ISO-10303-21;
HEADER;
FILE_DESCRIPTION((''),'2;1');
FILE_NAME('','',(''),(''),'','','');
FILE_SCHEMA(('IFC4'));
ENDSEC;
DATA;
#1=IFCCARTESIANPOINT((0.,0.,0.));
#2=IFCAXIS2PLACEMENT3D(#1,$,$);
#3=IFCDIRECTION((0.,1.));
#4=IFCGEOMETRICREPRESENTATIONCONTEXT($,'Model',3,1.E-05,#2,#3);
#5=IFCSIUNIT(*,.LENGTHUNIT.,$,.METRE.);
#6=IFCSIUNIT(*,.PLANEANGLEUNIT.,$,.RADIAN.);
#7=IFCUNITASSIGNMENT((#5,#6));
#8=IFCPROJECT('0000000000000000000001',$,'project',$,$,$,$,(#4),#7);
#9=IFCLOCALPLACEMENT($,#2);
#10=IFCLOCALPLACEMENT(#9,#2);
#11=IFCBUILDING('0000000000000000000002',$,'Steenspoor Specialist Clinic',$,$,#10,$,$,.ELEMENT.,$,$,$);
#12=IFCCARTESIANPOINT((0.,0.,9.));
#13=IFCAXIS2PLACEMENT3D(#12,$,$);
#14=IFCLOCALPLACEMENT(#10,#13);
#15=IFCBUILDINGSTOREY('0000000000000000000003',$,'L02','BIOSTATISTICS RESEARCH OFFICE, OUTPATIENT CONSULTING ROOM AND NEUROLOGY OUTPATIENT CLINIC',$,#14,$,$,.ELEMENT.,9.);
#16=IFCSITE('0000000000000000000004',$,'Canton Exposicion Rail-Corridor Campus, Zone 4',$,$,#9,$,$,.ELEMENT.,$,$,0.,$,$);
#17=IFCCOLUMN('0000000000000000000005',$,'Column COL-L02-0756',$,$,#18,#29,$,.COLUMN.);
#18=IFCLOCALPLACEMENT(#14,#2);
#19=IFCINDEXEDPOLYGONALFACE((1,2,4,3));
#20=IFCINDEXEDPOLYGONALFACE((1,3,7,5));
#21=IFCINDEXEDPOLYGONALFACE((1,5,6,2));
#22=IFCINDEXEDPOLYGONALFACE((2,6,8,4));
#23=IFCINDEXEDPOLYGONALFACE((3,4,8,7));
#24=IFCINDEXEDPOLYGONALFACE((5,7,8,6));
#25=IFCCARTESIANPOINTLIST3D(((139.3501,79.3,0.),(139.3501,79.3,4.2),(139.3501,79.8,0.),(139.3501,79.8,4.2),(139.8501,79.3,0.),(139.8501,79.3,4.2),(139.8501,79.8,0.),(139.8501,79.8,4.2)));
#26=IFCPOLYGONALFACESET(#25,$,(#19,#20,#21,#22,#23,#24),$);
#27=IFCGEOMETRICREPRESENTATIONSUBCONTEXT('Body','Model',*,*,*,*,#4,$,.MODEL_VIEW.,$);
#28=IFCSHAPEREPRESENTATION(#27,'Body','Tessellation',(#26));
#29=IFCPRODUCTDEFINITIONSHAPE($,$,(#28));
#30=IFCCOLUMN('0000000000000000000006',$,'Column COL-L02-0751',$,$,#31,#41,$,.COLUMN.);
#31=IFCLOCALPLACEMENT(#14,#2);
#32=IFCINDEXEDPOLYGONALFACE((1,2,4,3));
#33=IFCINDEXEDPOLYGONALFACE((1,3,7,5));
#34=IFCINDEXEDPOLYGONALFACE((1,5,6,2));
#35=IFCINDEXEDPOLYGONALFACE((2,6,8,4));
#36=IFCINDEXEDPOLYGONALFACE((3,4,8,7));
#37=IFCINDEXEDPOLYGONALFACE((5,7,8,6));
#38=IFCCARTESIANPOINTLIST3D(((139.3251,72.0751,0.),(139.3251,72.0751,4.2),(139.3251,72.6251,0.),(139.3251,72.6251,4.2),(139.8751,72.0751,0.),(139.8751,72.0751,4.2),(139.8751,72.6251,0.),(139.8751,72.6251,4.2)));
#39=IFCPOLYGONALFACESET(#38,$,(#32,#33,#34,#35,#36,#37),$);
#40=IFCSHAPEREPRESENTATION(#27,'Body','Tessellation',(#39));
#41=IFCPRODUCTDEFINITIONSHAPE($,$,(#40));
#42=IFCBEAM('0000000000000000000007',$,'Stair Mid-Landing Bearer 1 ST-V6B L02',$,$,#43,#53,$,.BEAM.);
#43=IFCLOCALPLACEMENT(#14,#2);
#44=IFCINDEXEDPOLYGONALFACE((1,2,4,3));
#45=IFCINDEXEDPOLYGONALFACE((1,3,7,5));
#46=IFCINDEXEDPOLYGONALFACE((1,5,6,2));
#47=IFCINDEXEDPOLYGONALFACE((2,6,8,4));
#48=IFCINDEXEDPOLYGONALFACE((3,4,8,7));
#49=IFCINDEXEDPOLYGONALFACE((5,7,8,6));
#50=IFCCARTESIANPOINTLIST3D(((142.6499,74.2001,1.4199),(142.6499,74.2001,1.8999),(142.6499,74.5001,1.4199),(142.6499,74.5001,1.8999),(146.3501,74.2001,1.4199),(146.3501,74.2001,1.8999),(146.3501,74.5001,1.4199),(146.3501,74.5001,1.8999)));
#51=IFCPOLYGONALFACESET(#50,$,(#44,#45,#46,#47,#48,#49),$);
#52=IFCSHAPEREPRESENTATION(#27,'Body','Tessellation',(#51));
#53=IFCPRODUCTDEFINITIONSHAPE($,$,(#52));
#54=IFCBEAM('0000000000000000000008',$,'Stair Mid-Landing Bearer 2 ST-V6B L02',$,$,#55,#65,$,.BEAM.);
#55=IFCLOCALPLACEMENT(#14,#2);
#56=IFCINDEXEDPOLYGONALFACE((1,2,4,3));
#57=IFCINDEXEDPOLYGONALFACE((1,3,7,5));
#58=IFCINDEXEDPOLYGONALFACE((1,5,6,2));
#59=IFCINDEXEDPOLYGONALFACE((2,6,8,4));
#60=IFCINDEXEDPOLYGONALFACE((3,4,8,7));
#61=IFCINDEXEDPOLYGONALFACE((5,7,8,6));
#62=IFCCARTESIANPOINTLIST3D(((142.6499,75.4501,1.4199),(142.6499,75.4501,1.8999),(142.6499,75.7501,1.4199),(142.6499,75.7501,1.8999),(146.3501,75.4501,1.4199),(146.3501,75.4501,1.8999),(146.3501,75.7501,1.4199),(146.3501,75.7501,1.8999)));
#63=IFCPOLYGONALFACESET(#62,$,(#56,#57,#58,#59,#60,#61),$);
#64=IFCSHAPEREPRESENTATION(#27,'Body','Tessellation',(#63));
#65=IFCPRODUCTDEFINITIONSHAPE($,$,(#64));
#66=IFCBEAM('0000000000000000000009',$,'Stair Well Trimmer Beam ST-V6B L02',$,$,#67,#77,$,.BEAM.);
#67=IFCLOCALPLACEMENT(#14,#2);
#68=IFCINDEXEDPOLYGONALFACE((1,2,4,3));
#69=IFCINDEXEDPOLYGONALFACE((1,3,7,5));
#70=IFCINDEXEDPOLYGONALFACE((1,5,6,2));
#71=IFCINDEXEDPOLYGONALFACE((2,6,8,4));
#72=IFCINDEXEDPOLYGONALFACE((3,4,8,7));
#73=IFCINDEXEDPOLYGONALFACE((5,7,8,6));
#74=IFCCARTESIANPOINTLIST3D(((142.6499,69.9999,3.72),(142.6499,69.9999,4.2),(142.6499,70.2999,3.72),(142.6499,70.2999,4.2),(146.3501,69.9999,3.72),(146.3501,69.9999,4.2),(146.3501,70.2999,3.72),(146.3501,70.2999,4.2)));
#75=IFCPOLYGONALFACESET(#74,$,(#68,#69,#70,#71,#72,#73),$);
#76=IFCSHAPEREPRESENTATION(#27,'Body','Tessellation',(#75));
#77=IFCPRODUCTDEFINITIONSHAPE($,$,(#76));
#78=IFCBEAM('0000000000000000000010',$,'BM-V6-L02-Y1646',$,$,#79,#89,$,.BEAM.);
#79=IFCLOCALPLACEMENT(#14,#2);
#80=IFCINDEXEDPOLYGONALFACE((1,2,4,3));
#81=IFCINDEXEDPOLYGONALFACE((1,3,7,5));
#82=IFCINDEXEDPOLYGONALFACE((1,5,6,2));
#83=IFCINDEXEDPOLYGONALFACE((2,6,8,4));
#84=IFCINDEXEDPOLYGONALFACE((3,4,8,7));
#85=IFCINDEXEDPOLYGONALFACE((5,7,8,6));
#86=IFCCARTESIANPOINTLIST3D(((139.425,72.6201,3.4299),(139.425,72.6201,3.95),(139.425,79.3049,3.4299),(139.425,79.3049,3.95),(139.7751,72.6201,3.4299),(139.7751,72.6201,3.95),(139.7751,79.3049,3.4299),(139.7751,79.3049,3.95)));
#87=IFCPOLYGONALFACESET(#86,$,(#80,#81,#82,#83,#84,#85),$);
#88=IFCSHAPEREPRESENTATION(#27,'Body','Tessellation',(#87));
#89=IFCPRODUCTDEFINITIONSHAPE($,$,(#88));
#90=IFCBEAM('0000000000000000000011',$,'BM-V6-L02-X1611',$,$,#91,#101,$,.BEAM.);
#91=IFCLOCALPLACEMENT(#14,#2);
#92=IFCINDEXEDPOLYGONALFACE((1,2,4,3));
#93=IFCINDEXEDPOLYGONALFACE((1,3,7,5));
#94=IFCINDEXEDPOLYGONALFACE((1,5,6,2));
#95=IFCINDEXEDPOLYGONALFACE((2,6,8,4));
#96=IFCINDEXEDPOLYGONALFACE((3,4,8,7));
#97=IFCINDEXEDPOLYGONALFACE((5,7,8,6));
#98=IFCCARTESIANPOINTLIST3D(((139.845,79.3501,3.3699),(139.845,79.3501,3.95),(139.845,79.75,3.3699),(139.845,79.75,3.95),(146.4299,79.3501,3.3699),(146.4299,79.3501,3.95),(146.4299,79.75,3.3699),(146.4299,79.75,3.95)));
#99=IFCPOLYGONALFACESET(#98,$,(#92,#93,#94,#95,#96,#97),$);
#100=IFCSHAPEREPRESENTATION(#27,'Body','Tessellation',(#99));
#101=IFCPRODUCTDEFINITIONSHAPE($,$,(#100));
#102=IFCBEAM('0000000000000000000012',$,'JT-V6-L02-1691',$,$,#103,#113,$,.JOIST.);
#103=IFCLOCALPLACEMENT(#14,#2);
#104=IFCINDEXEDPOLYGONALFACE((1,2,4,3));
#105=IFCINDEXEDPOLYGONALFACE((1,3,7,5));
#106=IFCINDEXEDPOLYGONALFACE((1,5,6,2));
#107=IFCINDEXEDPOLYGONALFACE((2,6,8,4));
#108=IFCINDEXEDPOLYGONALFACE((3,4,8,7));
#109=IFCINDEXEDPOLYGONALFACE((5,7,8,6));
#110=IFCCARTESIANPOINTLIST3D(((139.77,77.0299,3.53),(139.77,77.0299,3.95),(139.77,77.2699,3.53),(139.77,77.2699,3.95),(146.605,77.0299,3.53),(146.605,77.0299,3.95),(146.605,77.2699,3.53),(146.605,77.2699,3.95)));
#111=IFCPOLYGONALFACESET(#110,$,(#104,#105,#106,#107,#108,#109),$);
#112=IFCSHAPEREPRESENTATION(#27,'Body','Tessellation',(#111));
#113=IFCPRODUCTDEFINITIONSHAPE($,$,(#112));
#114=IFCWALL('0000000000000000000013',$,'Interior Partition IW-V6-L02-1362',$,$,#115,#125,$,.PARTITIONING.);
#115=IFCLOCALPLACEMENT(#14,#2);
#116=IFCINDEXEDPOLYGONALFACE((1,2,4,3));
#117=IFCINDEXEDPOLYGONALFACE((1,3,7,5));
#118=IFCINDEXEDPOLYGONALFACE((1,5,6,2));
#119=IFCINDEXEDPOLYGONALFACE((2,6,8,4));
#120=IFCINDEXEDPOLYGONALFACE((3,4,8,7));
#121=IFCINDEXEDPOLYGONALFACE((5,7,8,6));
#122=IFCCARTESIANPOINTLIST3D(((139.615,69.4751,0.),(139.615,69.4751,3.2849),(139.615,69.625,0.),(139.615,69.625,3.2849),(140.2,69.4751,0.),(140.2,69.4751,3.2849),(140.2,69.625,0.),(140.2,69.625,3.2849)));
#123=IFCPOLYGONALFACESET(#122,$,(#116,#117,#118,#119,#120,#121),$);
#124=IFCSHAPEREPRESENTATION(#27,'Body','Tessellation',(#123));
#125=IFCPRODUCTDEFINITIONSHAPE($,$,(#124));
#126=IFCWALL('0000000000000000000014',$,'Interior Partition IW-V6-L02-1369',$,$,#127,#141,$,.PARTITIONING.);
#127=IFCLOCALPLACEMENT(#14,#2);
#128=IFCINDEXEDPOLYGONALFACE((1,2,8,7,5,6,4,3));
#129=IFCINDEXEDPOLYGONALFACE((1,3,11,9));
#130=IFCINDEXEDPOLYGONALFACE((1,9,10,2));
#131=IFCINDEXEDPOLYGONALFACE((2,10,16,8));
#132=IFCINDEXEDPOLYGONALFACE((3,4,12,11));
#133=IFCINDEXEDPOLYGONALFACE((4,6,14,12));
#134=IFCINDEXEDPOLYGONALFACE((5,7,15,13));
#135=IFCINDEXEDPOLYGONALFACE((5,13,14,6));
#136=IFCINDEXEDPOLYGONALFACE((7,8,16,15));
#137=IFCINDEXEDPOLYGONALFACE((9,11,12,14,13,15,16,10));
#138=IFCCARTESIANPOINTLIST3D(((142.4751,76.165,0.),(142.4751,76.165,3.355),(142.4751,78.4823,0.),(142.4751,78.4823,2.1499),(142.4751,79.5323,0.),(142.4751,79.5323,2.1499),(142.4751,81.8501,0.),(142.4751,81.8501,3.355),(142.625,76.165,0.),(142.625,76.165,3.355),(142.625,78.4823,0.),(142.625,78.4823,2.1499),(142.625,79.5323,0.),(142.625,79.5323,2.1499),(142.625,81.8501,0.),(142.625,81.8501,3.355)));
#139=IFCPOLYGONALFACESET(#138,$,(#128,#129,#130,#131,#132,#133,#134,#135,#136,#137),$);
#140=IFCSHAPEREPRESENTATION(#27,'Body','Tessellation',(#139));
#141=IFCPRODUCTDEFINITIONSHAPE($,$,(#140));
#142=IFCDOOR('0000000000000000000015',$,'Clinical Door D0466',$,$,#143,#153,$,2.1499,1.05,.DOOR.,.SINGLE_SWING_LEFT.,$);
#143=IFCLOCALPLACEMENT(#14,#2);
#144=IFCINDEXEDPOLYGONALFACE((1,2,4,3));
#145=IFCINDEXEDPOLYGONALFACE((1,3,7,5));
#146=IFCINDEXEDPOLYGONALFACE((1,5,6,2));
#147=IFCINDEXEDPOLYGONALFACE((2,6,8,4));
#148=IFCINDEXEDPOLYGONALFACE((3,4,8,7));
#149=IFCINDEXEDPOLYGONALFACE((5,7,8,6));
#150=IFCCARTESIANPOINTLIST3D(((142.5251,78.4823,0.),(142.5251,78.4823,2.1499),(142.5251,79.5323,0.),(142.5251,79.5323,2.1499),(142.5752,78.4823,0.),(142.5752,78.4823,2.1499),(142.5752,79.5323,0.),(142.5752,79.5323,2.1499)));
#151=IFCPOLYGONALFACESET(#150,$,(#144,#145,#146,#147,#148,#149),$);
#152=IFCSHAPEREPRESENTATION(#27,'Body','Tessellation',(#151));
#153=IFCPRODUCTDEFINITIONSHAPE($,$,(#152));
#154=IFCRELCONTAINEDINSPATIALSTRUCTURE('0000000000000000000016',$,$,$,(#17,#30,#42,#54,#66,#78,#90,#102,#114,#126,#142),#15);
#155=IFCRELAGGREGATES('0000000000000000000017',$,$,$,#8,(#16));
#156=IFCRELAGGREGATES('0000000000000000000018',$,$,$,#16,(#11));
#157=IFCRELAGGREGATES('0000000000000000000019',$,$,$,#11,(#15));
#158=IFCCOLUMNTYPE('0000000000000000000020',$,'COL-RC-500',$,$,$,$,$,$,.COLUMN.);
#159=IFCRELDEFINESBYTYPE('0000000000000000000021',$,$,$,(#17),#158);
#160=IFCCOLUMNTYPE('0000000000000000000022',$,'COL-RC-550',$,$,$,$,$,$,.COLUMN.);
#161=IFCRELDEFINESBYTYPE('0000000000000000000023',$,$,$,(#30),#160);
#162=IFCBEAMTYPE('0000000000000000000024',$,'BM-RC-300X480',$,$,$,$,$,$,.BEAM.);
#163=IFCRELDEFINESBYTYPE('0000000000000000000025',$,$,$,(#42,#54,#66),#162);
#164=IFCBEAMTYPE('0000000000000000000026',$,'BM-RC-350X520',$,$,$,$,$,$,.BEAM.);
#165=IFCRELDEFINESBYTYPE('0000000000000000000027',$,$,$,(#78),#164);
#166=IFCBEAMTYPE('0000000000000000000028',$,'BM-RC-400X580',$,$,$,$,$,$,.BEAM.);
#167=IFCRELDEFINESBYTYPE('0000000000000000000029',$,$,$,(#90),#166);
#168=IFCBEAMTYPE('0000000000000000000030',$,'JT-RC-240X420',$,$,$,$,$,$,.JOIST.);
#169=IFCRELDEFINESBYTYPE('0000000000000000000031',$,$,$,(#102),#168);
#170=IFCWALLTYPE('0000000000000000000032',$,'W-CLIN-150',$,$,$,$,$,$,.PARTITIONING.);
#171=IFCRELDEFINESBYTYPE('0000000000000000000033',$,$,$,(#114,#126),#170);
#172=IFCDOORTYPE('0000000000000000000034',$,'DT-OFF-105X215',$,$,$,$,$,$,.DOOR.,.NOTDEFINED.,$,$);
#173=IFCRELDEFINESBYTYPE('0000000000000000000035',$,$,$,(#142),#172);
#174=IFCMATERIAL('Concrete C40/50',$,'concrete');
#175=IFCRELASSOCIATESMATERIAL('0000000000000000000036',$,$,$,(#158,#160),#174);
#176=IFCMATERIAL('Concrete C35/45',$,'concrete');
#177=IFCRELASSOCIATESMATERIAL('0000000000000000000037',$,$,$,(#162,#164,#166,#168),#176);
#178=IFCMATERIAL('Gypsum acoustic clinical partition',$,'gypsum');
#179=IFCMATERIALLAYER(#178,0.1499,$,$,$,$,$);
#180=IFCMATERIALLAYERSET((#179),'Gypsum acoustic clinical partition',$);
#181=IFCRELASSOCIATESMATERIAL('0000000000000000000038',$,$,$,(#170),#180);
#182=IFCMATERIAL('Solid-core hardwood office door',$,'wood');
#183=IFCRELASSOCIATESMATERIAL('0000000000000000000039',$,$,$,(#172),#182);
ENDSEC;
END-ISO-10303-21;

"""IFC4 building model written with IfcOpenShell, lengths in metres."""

from ifc_helpers import new_model, si_unit, direction, frame, frame_2d, origin, origin_2d, place, context, subcontext, project, spatial, rectangle, extrude, material, layer, layer_set, material_profile, profile_set, type_object, element, fill, save


model = new_model("IFC4")

# Units and contexts
model_context = context("Model", 3, precision=1e-05, world=origin(), true_north=direction((0.0, 1.0)))
body_context = subcontext(model_context, "Body", "Model", "MODEL_VIEW")
ifc_project = project(units=[si_unit("LENGTHUNIT", "METRE"), si_unit("PLANEANGLEUNIT", "RADIAN")], contexts=[model_context])

# Site, building, storey
site_placement = place(None, origin())
site = spatial("IfcSite", under=ifc_project, at=site_placement, Name="Canton Exposicion Rail-Corridor Campus, Zone 4", CompositionType="ELEMENT", RefElevation=0.0)
building_placement = place(site_placement, origin())
building = spatial("IfcBuilding", under=site, at=building_placement, Name="Steenspoor Specialist Clinic", CompositionType="ELEMENT")
storey_placement = place(building_placement, frame((0.0, 0.0, 9.0)))
storey = spatial("IfcBuildingStorey", under=building, at=storey_placement, Name="L02", Description="BIOSTATISTICS RESEARCH OFFICE, OUTPATIENT CONSULTING ROOM AND NEUROLOGY OUTPATIENT CLINIC", CompositionType="ELEMENT", Elevation=9.0)

# Columns
ifc_material_1 = material(Name="Concrete C40/50", Category="concrete")
ifc_material_profile_1 = material_profile(ifc_material_1, rectangle(XDim=0.5, YDim=0.5, at=origin_2d()), Name="RC-COL-500X500")
ifc_profile_set_1 = profile_set([ifc_material_profile_1], Name="Concrete C40/50")
column_type_1 = type_object("IfcColumnType", Name="COL-RC-500", PredefinedType="COLUMN", material=ifc_profile_set_1)
column_1_placement = place(storey_placement, frame((139.6001, 79.55, 0.0), z_axis=(0.0, 0.0, 1.0), x_axis=(1.0, 0.0, 0.0)))
element("IfcColumn", 1, at=column_1_placement, inside=storey, type_object=column_type_1, Name="Column COL-L02-0756", PredefinedType="COLUMN", context=body_context, shape_type="SweptSolid", body=[
    extrude(rectangle(XDim=0.5, YDim=0.5, at=origin_2d()), origin(), (0.0, 0.0, 1.0), 4.2),
])
ifc_material_profile_2 = material_profile(ifc_material_1, rectangle(XDim=0.55, YDim=0.55, at=origin_2d()), Name="RC-COL-550X550")
ifc_profile_set_2 = profile_set([ifc_material_profile_2], Name="Concrete C40/50")
column_type_2 = type_object("IfcColumnType", Name="COL-RC-550", PredefinedType="COLUMN", material=ifc_profile_set_2)
column_2_placement = place(storey_placement, frame((139.6001, 72.3501, 0.0), z_axis=(0.0, 0.0, 1.0), x_axis=(1.0, 0.0, 0.0)))
element("IfcColumn", 2, at=column_2_placement, inside=storey, type_object=column_type_2, Name="Column COL-L02-0751", PredefinedType="COLUMN", context=body_context, shape_type="SweptSolid", body=[
    extrude(rectangle(XDim=0.55, YDim=0.55, at=origin_2d()), origin(), (0.0, 0.0, 1.0), 4.2),
])

# Beams
ifc_material_2 = material(Name="Concrete C35/45", Category="concrete")
ifc_material_profile_3 = material_profile(ifc_material_2, rectangle(XDim=0.3, YDim=0.48, at=origin_2d()), Name="RC-BM-300X480")
ifc_profile_set_3 = profile_set([ifc_material_profile_3], Name="Concrete C35/45")
beam_type_1 = type_object("IfcBeamType", Name="BM-RC-300X480", PredefinedType="BEAM", material=ifc_profile_set_3)
for number, where, z_axis, x_axis, name in (
    (3, (142.6499, 74.3501, 1.6599), (1.0, 0.0, 0.0), (0.0, 1.0, 0.0), "Stair Mid-Landing Bearer 1 ST-V6B L02"),
    (4, (142.6499, 75.6001, 1.6599), (1.0, 0.0, 0.0), (0.0, 1.0, 0.0), "Stair Mid-Landing Bearer 2 ST-V6B L02"),
    (5, (142.6499, 70.1499, 3.96), (1.0, 0.0, 0.0), (0.0, 1.0, 0.0), "Stair Well Trimmer Beam ST-V6B L02"),
):
    element("IfcBeam", number, at=place(storey_placement, frame(where, z_axis=z_axis, x_axis=x_axis)), inside=storey, type_object=beam_type_1, Name=name, PredefinedType="BEAM", context=body_context, shape_type="SweptSolid", body=[
        extrude(rectangle(XDim=0.3, YDim=0.48, at=origin_2d()), origin(), (0.0, 0.0, 1.0), 3.7002),
    ])
ifc_material_profile_4 = material_profile(ifc_material_2, rectangle(XDim=0.3501, YDim=0.52, at=origin_2d()), Name="RC-BM-350X520")
ifc_profile_set_4 = profile_set([ifc_material_profile_4], Name="Concrete C35/45")
beam_type_2 = type_object("IfcBeamType", Name="BM-RC-350X520", PredefinedType="BEAM", material=ifc_profile_set_4)
beam_1_placement = place(storey_placement, frame((139.6001, 72.6201, 3.6899), z_axis=(0.0, 1.0, 0.0), x_axis=(-1.0, 0.0, 0.0)))
element("IfcBeam", 6, at=beam_1_placement, inside=storey, type_object=beam_type_2, Name="BM-V6-L02-Y1646", PredefinedType="BEAM", context=body_context, shape_type="SweptSolid", body=[
    extrude(rectangle(XDim=0.3501, YDim=0.52, at=origin_2d()), origin(), (0.0, 0.0, 1.0), 6.6848),
])
ifc_material_profile_5 = material_profile(ifc_material_2, rectangle(XDim=0.3999, YDim=0.5801, at=origin_2d()), Name="RC-BM-400X580")
ifc_profile_set_5 = profile_set([ifc_material_profile_5], Name="Concrete C35/45")
beam_type_3 = type_object("IfcBeamType", Name="BM-RC-400X580", PredefinedType="BEAM", material=ifc_profile_set_5)
beam_2_placement = place(storey_placement, frame((139.845, 79.55, 3.6599), z_axis=(1.0, 0.0, 0.0), x_axis=(0.0, 1.0, 0.0)))
element("IfcBeam", 7, at=beam_2_placement, inside=storey, type_object=beam_type_3, Name="BM-V6-L02-X1611", PredefinedType="BEAM", context=body_context, shape_type="SweptSolid", body=[
    extrude(rectangle(XDim=0.3999, YDim=0.5801, at=origin_2d()), origin(), (0.0, 0.0, 1.0), 6.585),
])
ifc_material_profile_6 = material_profile(ifc_material_2, rectangle(XDim=0.24, YDim=0.4199, at=origin_2d()), Name="RC-JT-240X420")
ifc_profile_set_6 = profile_set([ifc_material_profile_6], Name="Concrete C35/45")
beam_type_4 = type_object("IfcBeamType", Name="JT-RC-240X420", PredefinedType="JOIST", material=ifc_profile_set_6)
beam_3_placement = place(storey_placement, frame((139.77, 77.1499, 3.74), z_axis=(1.0, 0.0, 0.0), x_axis=(0.0, 1.0, 0.0)))
element("IfcBeam", 8, at=beam_3_placement, inside=storey, type_object=beam_type_4, Name="JT-V6-L02-1691", PredefinedType="JOIST", context=body_context, shape_type="SweptSolid", body=[
    extrude(rectangle(XDim=0.24, YDim=0.4199, at=origin_2d()), origin(), (0.0, 0.0, 1.0), 6.835),
])

# Shared definitions
ifc_material_3 = material(Name="Gypsum acoustic clinical partition", Category="gypsum")
ifc_layer_1 = layer(ifc_material_3, 0.1499)
ifc_layer_set_1 = layer_set([ifc_layer_1], Name="Gypsum acoustic clinical partition")
wall_type_1 = type_object("IfcWallType", Name="W-CLIN-150", PredefinedType="PARTITIONING", material=ifc_layer_set_1)

# Wall
wall_1_placement = place(storey_placement, frame((139.615, 69.55, 0.0), z_axis=(0.0, 0.0, 1.0), x_axis=(1.0, 0.0, 0.0)))
element("IfcWall", 9, at=wall_1_placement, inside=storey, type_object=wall_type_1, Name="Interior Partition IW-V6-L02-1362", PredefinedType="PARTITIONING", context=body_context, shape_type="SweptSolid", body=[
    extrude(rectangle(XDim=0.585, YDim=0.1499, at=frame_2d((0.2925, 0.0))), origin(), (0.0, 0.0, 1.0), 3.2849),
])

# Wall, opening, door
wall_2_placement = place(storey_placement, frame((142.55, 76.165, 0.0), z_axis=(0.0, 0.0, 1.0), x_axis=(0.0, 1.0, 0.0)))
wall_2 = element("IfcWall", 10, at=wall_2_placement, inside=storey, type_object=wall_type_1, Name="Interior Partition IW-V6-L02-1369", PredefinedType="PARTITIONING", context=body_context, shape_type="SweptSolid", body=[
    extrude(rectangle(XDim=5.6851, YDim=0.1499, at=frame_2d((2.8425, 0.0))), origin(), (0.0, 0.0, 1.0), 3.355),
])
opening_1_placement = place(wall_2_placement, frame((2.3174, 0.0, 0.0)))
opening_1 = element("IfcOpeningElement", 11, at=opening_1_placement, cuts=wall_2, PredefinedType="OPENING", context=body_context, shape_type="SweptSolid", body=[
    extrude(rectangle(XDim=1.05, YDim=2.1499, at=frame_2d((0.5249, 1.075))), frame((0.0, 0.085, 0.0), z_axis=(0.0, -1.0, 0.0), x_axis=(1.0, 0.0, 0.0)), (0.0, 0.0, 1.0), 0.1699),
])
ifc_material_4 = material(Name="Solid-core hardwood office door", Category="wood")
door_type_1 = type_object("IfcDoorType", Name="DT-OFF-105X215", OperationType="NOTDEFINED", PredefinedType="DOOR", material=ifc_material_4)
door_1_placement = place(opening_1_placement, origin())
door_1 = element("IfcDoor", 12, at=door_1_placement, inside=storey, type_object=door_type_1, Name="Clinical Door D0466", OperationType="SINGLE_SWING_LEFT", OverallHeight=2.1499, OverallWidth=1.05, PredefinedType="DOOR", context=body_context, shape_type="SweptSolid", body=[
    extrude(rectangle(XDim=1.05, YDim=2.1499, at=frame_2d((0.5249, 1.075))), frame((0.0, 0.0249, 0.0), z_axis=(0.0, -1.0, 0.0), x_axis=(1.0, 0.0, 0.0)), (0.0, 0.0, 1.0), 0.05),
])
fill(opening_1, door_1)

save(model, "model.ifc")
